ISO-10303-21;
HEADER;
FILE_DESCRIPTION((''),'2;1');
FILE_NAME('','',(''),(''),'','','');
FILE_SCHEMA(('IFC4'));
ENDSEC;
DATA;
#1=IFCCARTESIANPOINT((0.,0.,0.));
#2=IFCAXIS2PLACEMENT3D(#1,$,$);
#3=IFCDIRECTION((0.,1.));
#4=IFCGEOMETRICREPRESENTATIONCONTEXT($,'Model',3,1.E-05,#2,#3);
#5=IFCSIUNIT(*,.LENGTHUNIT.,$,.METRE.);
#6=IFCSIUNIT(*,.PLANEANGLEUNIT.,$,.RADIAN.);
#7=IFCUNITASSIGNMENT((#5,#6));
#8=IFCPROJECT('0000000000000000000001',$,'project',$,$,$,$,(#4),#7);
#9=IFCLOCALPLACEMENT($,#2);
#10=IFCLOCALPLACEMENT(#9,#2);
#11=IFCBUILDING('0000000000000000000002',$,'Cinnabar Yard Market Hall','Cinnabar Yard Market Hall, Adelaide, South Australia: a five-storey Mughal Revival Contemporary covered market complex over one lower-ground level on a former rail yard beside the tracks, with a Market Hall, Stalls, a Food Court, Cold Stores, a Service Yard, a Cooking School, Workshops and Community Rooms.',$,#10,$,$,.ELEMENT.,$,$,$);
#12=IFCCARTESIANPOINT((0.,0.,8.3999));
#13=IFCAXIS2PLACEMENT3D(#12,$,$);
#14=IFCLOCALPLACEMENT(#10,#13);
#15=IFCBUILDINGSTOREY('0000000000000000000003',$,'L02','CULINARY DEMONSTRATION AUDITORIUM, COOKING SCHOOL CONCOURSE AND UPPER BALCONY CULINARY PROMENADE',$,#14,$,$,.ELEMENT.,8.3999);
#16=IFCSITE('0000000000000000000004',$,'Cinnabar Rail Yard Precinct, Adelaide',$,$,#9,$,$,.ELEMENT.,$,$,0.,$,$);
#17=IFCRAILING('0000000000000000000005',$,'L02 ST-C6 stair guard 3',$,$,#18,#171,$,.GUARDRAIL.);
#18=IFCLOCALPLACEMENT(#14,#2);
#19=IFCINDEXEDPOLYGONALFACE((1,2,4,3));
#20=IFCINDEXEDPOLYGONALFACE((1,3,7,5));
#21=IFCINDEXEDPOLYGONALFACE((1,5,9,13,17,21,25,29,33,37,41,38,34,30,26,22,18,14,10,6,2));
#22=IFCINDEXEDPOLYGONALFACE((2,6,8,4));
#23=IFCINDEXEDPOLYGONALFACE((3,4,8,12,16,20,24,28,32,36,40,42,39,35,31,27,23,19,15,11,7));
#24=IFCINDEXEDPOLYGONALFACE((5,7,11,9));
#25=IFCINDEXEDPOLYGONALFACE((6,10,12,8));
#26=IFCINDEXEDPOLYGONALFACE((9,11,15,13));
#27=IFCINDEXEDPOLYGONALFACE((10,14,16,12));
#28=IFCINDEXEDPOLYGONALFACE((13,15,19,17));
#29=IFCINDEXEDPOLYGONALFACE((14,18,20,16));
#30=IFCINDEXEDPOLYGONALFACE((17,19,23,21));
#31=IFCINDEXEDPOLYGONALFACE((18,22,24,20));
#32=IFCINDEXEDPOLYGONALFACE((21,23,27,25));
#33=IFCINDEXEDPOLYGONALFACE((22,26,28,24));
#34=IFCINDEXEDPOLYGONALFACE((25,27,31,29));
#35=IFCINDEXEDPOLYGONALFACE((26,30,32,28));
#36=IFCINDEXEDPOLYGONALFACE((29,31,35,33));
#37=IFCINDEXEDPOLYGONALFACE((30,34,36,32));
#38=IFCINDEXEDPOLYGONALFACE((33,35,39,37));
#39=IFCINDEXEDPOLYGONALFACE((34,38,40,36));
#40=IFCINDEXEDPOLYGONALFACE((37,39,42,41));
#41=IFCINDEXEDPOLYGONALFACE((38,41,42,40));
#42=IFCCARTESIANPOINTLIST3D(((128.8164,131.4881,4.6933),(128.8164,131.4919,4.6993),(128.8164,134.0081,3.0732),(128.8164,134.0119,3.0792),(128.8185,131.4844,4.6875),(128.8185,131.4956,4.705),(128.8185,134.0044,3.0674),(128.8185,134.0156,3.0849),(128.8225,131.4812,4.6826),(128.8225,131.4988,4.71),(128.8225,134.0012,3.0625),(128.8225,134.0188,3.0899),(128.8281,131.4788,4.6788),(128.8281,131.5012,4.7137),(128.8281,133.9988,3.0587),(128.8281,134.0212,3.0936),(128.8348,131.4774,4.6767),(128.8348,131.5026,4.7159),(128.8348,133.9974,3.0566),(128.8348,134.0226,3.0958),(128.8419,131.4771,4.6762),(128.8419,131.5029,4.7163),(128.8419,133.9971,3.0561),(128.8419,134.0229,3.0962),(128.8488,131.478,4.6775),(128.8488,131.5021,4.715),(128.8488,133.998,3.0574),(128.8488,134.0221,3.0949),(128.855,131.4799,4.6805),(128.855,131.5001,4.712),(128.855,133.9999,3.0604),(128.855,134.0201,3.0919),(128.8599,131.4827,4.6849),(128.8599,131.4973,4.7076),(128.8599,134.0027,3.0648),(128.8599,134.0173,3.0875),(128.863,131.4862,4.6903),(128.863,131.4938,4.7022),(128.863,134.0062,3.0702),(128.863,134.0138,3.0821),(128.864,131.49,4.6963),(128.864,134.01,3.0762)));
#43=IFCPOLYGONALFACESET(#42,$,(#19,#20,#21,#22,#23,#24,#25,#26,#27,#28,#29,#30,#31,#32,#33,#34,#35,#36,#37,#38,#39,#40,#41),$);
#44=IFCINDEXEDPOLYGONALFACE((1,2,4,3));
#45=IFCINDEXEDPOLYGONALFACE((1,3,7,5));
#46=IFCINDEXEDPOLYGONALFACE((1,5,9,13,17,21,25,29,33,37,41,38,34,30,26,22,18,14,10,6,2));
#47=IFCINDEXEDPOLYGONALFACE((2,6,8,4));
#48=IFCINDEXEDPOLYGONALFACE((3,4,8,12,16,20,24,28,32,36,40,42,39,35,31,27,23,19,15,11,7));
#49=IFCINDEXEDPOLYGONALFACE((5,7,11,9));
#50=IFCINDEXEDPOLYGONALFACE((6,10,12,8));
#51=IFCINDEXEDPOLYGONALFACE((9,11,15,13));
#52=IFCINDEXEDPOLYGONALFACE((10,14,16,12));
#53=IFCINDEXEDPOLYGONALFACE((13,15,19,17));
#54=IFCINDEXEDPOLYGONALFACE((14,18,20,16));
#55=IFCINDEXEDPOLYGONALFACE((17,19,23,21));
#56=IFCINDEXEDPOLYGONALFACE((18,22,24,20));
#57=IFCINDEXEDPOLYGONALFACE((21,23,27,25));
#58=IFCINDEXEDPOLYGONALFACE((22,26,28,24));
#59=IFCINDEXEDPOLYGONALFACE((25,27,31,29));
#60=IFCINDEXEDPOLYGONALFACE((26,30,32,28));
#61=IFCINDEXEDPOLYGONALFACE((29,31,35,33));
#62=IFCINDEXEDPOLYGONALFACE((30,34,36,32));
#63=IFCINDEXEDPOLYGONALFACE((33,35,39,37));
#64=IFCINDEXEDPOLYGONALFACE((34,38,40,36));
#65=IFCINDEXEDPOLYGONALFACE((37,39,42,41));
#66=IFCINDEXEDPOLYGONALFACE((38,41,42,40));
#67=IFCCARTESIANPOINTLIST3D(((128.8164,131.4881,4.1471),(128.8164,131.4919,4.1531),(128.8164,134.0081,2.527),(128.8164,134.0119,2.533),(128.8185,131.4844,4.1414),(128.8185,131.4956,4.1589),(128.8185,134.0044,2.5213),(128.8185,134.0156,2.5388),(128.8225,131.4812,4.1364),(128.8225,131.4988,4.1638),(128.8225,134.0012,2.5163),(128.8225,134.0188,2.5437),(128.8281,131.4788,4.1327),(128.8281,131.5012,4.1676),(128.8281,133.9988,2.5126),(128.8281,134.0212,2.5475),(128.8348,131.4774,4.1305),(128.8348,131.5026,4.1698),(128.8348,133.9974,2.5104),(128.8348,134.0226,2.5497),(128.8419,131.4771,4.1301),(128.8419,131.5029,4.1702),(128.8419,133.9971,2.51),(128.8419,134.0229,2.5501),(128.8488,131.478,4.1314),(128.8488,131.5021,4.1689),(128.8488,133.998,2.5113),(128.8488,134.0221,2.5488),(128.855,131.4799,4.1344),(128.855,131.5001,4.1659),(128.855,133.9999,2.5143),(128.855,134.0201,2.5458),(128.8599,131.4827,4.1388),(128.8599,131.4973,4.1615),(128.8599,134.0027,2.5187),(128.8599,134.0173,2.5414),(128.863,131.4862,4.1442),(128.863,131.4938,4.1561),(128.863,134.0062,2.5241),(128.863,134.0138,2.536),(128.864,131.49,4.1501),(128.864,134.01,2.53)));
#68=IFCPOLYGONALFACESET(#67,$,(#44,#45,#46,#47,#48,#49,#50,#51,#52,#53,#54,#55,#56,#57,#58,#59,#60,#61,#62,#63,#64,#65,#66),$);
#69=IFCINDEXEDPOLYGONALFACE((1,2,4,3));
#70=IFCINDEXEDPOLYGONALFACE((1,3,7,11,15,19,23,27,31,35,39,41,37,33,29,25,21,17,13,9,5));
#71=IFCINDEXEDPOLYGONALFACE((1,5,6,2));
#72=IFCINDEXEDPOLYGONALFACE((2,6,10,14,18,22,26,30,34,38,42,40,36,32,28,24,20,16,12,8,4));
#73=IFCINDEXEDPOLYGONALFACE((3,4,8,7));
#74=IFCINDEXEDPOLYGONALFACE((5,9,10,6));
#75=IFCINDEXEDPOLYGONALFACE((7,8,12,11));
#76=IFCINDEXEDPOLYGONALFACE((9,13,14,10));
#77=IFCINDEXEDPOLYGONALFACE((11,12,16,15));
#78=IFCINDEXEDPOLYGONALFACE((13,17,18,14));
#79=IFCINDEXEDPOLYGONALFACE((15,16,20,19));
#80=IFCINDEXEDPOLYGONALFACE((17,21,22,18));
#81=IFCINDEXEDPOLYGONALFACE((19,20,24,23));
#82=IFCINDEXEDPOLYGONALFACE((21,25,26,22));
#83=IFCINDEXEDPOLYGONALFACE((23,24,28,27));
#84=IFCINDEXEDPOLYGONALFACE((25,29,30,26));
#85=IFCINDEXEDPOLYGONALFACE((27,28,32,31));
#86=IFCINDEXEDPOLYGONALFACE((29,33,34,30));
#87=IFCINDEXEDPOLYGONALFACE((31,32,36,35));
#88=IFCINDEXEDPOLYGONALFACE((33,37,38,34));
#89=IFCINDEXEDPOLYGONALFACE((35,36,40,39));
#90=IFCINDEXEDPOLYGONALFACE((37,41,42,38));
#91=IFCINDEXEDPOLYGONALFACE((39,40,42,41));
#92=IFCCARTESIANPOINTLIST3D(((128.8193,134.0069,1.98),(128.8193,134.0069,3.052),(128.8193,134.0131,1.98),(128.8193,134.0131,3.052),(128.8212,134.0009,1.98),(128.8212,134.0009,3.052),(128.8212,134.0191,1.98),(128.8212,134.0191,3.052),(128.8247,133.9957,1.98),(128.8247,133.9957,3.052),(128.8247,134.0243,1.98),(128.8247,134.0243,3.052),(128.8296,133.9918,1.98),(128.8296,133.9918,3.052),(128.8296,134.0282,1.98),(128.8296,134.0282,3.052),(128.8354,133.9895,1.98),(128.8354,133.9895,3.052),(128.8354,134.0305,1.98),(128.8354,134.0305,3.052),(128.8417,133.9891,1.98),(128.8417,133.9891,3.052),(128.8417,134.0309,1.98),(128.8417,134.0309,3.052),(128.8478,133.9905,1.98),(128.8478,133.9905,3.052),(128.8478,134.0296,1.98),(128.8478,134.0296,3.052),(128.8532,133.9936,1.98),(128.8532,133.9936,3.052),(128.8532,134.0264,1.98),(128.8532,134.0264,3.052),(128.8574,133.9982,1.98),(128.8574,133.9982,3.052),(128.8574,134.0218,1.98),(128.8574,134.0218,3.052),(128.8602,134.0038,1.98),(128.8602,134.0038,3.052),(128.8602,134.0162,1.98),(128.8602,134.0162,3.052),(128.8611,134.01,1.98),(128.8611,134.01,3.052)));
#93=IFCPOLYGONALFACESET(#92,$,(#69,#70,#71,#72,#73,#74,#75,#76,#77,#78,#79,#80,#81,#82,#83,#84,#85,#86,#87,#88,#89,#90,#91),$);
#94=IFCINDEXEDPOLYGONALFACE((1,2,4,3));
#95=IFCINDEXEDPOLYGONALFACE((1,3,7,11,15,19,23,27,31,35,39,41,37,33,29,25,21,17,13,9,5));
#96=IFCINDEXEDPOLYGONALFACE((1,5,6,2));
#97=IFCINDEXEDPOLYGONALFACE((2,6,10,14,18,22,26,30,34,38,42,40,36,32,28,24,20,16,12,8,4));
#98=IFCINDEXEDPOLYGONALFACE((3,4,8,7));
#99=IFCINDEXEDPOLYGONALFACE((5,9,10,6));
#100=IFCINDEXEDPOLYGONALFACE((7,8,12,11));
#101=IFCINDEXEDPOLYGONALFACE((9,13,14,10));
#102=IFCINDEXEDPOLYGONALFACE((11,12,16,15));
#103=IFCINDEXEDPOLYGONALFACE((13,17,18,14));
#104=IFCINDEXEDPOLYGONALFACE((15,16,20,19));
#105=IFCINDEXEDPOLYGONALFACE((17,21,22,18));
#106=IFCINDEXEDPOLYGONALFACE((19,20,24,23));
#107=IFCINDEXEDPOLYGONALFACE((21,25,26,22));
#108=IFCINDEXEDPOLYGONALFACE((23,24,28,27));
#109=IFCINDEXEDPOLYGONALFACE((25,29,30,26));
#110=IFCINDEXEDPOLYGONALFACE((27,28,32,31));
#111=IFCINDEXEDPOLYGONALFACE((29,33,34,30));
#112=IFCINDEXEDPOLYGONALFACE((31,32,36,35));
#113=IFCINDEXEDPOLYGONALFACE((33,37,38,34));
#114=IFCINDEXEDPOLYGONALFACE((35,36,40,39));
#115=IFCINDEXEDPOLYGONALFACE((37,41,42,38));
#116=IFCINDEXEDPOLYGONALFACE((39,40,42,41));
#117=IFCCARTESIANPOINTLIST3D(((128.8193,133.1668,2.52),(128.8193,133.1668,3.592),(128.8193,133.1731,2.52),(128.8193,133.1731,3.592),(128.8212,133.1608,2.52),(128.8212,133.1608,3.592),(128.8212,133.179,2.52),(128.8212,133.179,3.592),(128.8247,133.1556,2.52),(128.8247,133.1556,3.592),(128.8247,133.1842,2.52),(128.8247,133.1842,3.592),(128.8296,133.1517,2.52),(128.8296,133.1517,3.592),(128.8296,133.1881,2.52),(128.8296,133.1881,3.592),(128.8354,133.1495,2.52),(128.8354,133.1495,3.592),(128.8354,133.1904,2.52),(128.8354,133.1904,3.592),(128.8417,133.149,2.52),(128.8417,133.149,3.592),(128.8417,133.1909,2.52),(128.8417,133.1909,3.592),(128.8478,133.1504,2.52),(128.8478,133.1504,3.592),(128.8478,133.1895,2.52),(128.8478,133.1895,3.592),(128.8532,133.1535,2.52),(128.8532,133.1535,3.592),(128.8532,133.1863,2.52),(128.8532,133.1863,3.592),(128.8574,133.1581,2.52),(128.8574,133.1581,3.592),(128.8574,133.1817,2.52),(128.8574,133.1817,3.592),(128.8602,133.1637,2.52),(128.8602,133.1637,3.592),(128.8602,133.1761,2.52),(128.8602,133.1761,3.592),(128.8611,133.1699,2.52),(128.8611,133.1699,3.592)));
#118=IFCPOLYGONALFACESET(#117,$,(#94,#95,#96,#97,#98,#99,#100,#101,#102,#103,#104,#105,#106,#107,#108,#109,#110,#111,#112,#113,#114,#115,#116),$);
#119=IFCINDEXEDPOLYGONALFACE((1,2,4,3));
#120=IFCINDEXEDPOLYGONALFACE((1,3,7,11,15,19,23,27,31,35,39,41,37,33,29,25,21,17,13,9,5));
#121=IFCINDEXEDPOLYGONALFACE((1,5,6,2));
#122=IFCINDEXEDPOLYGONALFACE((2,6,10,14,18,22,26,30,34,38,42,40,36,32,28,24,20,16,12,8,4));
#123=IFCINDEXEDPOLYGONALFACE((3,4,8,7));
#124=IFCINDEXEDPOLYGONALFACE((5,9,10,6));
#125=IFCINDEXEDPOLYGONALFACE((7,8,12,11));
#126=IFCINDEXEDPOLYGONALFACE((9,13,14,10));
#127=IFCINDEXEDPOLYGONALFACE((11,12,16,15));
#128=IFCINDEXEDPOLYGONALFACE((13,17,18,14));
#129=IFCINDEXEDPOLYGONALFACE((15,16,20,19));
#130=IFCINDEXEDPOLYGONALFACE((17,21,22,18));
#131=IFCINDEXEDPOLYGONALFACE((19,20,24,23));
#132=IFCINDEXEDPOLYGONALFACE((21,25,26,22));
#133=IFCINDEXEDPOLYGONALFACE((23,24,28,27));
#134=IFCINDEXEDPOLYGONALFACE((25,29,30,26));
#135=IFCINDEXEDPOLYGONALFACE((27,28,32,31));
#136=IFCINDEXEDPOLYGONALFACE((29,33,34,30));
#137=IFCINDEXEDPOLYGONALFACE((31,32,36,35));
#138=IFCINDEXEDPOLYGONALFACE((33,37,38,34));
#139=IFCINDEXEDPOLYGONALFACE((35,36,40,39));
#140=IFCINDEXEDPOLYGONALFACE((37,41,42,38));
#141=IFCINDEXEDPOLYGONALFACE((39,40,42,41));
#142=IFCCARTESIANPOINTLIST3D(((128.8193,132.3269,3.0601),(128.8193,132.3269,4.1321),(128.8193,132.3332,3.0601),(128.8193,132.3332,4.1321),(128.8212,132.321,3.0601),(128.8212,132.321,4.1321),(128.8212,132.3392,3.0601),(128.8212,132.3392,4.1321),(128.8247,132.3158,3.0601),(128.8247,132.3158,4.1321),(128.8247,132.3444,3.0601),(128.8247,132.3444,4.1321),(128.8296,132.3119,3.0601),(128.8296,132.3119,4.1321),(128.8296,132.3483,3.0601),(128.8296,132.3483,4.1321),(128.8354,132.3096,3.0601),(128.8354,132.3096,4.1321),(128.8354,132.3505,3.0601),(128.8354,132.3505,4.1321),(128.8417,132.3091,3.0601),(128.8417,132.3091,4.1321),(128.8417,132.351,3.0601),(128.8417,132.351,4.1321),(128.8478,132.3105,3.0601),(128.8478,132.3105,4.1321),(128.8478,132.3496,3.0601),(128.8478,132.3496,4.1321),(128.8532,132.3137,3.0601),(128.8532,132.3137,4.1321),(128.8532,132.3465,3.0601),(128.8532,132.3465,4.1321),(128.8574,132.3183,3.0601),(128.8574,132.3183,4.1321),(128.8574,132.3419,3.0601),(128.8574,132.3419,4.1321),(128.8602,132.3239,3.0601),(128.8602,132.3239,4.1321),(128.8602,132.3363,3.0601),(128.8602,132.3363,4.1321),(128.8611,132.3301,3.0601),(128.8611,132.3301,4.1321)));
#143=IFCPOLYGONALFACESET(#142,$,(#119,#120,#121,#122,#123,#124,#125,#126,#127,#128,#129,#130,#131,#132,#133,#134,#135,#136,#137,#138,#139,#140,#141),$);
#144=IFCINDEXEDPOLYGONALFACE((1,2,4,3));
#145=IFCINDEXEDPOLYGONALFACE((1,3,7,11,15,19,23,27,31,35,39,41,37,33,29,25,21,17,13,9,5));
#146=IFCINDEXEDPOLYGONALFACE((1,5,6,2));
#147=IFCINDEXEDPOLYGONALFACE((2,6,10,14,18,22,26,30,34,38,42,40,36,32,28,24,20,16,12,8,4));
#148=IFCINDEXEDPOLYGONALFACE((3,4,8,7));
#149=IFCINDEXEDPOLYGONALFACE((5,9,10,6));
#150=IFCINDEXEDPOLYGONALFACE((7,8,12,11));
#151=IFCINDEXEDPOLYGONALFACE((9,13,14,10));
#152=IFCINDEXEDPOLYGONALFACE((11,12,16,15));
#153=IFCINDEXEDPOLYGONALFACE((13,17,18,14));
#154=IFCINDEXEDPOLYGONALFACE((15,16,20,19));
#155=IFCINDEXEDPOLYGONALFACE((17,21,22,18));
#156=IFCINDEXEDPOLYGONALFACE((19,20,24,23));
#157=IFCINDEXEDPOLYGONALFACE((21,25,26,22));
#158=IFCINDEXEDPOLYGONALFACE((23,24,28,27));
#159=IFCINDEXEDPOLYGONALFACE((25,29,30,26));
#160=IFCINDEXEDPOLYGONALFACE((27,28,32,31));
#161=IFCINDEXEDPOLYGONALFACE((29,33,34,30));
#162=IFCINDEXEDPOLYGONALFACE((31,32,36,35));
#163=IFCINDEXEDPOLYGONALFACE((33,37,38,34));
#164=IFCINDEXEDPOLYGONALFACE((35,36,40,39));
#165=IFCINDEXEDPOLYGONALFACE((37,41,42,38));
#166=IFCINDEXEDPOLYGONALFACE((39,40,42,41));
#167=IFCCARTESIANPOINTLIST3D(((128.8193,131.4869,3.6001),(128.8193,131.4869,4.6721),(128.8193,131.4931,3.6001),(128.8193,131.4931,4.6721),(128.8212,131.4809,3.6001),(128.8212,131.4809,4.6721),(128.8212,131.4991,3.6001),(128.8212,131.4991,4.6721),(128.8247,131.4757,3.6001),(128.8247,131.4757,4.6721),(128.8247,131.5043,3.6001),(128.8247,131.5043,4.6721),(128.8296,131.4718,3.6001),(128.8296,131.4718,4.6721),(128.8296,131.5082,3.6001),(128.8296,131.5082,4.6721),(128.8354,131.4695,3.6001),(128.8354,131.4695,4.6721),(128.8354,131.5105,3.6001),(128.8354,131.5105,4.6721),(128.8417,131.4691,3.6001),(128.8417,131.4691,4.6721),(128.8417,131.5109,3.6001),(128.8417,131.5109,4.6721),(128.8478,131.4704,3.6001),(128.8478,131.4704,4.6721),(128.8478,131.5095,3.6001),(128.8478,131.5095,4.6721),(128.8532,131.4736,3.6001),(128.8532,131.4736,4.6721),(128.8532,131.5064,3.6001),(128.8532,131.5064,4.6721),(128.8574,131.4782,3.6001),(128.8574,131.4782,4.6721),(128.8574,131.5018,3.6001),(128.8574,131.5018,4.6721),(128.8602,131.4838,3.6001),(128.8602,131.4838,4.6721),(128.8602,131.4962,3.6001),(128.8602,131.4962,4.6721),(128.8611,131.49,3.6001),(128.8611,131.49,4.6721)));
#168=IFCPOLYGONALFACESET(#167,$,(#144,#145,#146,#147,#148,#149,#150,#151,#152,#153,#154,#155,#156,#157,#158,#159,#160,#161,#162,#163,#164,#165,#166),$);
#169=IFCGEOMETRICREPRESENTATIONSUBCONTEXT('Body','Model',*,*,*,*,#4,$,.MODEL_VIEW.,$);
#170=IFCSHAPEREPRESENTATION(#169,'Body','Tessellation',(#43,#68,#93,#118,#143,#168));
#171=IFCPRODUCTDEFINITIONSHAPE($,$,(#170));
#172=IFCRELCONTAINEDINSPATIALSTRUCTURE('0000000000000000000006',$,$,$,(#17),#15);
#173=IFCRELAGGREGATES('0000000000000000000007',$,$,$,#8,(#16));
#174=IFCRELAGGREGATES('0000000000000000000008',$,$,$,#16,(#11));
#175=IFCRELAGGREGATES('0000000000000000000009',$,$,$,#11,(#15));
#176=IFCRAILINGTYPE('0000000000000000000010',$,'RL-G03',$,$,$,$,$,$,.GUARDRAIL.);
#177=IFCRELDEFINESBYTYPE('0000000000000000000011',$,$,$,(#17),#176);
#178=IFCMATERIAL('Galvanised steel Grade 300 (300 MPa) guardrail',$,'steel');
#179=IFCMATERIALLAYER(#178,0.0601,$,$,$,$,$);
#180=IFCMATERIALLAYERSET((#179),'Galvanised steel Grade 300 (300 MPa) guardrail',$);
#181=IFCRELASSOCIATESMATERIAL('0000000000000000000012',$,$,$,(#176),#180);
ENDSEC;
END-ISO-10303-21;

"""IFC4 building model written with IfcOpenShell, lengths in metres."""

from ifc_helpers import new_model, si_unit, direction, frame, origin, origin_2d_with_axis, place, context, subcontext, project, spatial, circle, extrude, material, layer, layer_set, type_object, element, save


model = new_model("IFC4")

# Units and contexts
model_context = context("Model", 3, precision=1e-05, world=origin(), true_north=direction((0.0, 1.0)))
body_context = subcontext(model_context, "Body", "Model", "MODEL_VIEW")
ifc_project = project(units=[si_unit("LENGTHUNIT", "METRE"), si_unit("PLANEANGLEUNIT", "RADIAN")], contexts=[model_context])

# Site, building, storey
site_placement = place(None, origin())
site = spatial("IfcSite", under=ifc_project, at=site_placement, Name="Cinnabar Rail Yard Precinct, Adelaide", CompositionType="ELEMENT", RefElevation=0.0)
building_placement = place(site_placement, origin())
building = spatial("IfcBuilding", under=site, at=building_placement, Name="Cinnabar Yard Market Hall", Description="Cinnabar Yard Market Hall, Adelaide, South Australia: a five-storey Mughal Revival Contemporary covered market complex over one lower-ground level on a former rail yard beside the tracks, with a Market Hall, Stalls, a Food Court, Cold Stores, a Service Yard, a Cooking School, Workshops and Community Rooms.", CompositionType="ELEMENT")
storey_placement = place(building_placement, frame((0.0, 0.0, 8.3999)))
storey = spatial("IfcBuildingStorey", under=building, at=storey_placement, Name="L02", Description="CULINARY DEMONSTRATION AUDITORIUM, COOKING SCHOOL CONCOURSE AND UPPER BALCONY CULINARY PROMENADE", CompositionType="ELEMENT", Elevation=8.3999)

# Railing
ifc_material_1 = material(Name="Galvanised steel Grade 300 (300 MPa) guardrail", Category="steel")
ifc_layer_1 = layer(ifc_material_1, 0.0601)
ifc_layer_set_1 = layer_set([ifc_layer_1], Name="Galvanised steel Grade 300 (300 MPa) guardrail")
railing_type_1 = type_object("IfcRailingType", Name="RL-G03", PredefinedType="GUARDRAIL", material=ifc_layer_set_1)
railing_1_placement = place(storey_placement, frame((128.8401, 134.01, 1.98)))
element("IfcRailing", 1, at=railing_1_placement, inside=storey, type_object=railing_type_1, Name="L02 ST-C6 stair guard 3", PredefinedType="GUARDRAIL", context=body_context, shape_type="SweptSolid", body=[
    extrude(circle(Radius=0.0239, at=origin_2d_with_axis()), frame((0.0, 0.0, 1.0962), z_axis=(0.0, -0.841163, 0.540782), x_axis=(1.0, 0.0, 0.0)), (0.0, 0.0, 1.0), 2.9958),
    extrude(circle(Radius=0.0239, at=origin_2d_with_axis()), frame((0.0, 0.0, 0.55), z_axis=(0.0, -0.841163, 0.540782), x_axis=(1.0, 0.0, 0.0)), (0.0, 0.0, 1.0), 2.9958),
    extrude(circle(Radius=0.021, at=origin_2d_with_axis()), origin(), (0.0, 0.0, 1.0), 1.072),
    extrude(circle(Radius=0.021, at=origin_2d_with_axis()), frame((0.0, -0.8401, 0.54)), (0.0, 0.0, 1.0), 1.072),
    extrude(circle(Radius=0.021, at=origin_2d_with_axis()), frame((0.0, -1.6799, 1.0801)), (0.0, 0.0, 1.0), 1.072),
    extrude(circle(Radius=0.021, at=origin_2d_with_axis()), frame((0.0, -2.52, 1.6201)), (0.0, 0.0, 1.0), 1.072),
])

save(model, "model.ifc")
